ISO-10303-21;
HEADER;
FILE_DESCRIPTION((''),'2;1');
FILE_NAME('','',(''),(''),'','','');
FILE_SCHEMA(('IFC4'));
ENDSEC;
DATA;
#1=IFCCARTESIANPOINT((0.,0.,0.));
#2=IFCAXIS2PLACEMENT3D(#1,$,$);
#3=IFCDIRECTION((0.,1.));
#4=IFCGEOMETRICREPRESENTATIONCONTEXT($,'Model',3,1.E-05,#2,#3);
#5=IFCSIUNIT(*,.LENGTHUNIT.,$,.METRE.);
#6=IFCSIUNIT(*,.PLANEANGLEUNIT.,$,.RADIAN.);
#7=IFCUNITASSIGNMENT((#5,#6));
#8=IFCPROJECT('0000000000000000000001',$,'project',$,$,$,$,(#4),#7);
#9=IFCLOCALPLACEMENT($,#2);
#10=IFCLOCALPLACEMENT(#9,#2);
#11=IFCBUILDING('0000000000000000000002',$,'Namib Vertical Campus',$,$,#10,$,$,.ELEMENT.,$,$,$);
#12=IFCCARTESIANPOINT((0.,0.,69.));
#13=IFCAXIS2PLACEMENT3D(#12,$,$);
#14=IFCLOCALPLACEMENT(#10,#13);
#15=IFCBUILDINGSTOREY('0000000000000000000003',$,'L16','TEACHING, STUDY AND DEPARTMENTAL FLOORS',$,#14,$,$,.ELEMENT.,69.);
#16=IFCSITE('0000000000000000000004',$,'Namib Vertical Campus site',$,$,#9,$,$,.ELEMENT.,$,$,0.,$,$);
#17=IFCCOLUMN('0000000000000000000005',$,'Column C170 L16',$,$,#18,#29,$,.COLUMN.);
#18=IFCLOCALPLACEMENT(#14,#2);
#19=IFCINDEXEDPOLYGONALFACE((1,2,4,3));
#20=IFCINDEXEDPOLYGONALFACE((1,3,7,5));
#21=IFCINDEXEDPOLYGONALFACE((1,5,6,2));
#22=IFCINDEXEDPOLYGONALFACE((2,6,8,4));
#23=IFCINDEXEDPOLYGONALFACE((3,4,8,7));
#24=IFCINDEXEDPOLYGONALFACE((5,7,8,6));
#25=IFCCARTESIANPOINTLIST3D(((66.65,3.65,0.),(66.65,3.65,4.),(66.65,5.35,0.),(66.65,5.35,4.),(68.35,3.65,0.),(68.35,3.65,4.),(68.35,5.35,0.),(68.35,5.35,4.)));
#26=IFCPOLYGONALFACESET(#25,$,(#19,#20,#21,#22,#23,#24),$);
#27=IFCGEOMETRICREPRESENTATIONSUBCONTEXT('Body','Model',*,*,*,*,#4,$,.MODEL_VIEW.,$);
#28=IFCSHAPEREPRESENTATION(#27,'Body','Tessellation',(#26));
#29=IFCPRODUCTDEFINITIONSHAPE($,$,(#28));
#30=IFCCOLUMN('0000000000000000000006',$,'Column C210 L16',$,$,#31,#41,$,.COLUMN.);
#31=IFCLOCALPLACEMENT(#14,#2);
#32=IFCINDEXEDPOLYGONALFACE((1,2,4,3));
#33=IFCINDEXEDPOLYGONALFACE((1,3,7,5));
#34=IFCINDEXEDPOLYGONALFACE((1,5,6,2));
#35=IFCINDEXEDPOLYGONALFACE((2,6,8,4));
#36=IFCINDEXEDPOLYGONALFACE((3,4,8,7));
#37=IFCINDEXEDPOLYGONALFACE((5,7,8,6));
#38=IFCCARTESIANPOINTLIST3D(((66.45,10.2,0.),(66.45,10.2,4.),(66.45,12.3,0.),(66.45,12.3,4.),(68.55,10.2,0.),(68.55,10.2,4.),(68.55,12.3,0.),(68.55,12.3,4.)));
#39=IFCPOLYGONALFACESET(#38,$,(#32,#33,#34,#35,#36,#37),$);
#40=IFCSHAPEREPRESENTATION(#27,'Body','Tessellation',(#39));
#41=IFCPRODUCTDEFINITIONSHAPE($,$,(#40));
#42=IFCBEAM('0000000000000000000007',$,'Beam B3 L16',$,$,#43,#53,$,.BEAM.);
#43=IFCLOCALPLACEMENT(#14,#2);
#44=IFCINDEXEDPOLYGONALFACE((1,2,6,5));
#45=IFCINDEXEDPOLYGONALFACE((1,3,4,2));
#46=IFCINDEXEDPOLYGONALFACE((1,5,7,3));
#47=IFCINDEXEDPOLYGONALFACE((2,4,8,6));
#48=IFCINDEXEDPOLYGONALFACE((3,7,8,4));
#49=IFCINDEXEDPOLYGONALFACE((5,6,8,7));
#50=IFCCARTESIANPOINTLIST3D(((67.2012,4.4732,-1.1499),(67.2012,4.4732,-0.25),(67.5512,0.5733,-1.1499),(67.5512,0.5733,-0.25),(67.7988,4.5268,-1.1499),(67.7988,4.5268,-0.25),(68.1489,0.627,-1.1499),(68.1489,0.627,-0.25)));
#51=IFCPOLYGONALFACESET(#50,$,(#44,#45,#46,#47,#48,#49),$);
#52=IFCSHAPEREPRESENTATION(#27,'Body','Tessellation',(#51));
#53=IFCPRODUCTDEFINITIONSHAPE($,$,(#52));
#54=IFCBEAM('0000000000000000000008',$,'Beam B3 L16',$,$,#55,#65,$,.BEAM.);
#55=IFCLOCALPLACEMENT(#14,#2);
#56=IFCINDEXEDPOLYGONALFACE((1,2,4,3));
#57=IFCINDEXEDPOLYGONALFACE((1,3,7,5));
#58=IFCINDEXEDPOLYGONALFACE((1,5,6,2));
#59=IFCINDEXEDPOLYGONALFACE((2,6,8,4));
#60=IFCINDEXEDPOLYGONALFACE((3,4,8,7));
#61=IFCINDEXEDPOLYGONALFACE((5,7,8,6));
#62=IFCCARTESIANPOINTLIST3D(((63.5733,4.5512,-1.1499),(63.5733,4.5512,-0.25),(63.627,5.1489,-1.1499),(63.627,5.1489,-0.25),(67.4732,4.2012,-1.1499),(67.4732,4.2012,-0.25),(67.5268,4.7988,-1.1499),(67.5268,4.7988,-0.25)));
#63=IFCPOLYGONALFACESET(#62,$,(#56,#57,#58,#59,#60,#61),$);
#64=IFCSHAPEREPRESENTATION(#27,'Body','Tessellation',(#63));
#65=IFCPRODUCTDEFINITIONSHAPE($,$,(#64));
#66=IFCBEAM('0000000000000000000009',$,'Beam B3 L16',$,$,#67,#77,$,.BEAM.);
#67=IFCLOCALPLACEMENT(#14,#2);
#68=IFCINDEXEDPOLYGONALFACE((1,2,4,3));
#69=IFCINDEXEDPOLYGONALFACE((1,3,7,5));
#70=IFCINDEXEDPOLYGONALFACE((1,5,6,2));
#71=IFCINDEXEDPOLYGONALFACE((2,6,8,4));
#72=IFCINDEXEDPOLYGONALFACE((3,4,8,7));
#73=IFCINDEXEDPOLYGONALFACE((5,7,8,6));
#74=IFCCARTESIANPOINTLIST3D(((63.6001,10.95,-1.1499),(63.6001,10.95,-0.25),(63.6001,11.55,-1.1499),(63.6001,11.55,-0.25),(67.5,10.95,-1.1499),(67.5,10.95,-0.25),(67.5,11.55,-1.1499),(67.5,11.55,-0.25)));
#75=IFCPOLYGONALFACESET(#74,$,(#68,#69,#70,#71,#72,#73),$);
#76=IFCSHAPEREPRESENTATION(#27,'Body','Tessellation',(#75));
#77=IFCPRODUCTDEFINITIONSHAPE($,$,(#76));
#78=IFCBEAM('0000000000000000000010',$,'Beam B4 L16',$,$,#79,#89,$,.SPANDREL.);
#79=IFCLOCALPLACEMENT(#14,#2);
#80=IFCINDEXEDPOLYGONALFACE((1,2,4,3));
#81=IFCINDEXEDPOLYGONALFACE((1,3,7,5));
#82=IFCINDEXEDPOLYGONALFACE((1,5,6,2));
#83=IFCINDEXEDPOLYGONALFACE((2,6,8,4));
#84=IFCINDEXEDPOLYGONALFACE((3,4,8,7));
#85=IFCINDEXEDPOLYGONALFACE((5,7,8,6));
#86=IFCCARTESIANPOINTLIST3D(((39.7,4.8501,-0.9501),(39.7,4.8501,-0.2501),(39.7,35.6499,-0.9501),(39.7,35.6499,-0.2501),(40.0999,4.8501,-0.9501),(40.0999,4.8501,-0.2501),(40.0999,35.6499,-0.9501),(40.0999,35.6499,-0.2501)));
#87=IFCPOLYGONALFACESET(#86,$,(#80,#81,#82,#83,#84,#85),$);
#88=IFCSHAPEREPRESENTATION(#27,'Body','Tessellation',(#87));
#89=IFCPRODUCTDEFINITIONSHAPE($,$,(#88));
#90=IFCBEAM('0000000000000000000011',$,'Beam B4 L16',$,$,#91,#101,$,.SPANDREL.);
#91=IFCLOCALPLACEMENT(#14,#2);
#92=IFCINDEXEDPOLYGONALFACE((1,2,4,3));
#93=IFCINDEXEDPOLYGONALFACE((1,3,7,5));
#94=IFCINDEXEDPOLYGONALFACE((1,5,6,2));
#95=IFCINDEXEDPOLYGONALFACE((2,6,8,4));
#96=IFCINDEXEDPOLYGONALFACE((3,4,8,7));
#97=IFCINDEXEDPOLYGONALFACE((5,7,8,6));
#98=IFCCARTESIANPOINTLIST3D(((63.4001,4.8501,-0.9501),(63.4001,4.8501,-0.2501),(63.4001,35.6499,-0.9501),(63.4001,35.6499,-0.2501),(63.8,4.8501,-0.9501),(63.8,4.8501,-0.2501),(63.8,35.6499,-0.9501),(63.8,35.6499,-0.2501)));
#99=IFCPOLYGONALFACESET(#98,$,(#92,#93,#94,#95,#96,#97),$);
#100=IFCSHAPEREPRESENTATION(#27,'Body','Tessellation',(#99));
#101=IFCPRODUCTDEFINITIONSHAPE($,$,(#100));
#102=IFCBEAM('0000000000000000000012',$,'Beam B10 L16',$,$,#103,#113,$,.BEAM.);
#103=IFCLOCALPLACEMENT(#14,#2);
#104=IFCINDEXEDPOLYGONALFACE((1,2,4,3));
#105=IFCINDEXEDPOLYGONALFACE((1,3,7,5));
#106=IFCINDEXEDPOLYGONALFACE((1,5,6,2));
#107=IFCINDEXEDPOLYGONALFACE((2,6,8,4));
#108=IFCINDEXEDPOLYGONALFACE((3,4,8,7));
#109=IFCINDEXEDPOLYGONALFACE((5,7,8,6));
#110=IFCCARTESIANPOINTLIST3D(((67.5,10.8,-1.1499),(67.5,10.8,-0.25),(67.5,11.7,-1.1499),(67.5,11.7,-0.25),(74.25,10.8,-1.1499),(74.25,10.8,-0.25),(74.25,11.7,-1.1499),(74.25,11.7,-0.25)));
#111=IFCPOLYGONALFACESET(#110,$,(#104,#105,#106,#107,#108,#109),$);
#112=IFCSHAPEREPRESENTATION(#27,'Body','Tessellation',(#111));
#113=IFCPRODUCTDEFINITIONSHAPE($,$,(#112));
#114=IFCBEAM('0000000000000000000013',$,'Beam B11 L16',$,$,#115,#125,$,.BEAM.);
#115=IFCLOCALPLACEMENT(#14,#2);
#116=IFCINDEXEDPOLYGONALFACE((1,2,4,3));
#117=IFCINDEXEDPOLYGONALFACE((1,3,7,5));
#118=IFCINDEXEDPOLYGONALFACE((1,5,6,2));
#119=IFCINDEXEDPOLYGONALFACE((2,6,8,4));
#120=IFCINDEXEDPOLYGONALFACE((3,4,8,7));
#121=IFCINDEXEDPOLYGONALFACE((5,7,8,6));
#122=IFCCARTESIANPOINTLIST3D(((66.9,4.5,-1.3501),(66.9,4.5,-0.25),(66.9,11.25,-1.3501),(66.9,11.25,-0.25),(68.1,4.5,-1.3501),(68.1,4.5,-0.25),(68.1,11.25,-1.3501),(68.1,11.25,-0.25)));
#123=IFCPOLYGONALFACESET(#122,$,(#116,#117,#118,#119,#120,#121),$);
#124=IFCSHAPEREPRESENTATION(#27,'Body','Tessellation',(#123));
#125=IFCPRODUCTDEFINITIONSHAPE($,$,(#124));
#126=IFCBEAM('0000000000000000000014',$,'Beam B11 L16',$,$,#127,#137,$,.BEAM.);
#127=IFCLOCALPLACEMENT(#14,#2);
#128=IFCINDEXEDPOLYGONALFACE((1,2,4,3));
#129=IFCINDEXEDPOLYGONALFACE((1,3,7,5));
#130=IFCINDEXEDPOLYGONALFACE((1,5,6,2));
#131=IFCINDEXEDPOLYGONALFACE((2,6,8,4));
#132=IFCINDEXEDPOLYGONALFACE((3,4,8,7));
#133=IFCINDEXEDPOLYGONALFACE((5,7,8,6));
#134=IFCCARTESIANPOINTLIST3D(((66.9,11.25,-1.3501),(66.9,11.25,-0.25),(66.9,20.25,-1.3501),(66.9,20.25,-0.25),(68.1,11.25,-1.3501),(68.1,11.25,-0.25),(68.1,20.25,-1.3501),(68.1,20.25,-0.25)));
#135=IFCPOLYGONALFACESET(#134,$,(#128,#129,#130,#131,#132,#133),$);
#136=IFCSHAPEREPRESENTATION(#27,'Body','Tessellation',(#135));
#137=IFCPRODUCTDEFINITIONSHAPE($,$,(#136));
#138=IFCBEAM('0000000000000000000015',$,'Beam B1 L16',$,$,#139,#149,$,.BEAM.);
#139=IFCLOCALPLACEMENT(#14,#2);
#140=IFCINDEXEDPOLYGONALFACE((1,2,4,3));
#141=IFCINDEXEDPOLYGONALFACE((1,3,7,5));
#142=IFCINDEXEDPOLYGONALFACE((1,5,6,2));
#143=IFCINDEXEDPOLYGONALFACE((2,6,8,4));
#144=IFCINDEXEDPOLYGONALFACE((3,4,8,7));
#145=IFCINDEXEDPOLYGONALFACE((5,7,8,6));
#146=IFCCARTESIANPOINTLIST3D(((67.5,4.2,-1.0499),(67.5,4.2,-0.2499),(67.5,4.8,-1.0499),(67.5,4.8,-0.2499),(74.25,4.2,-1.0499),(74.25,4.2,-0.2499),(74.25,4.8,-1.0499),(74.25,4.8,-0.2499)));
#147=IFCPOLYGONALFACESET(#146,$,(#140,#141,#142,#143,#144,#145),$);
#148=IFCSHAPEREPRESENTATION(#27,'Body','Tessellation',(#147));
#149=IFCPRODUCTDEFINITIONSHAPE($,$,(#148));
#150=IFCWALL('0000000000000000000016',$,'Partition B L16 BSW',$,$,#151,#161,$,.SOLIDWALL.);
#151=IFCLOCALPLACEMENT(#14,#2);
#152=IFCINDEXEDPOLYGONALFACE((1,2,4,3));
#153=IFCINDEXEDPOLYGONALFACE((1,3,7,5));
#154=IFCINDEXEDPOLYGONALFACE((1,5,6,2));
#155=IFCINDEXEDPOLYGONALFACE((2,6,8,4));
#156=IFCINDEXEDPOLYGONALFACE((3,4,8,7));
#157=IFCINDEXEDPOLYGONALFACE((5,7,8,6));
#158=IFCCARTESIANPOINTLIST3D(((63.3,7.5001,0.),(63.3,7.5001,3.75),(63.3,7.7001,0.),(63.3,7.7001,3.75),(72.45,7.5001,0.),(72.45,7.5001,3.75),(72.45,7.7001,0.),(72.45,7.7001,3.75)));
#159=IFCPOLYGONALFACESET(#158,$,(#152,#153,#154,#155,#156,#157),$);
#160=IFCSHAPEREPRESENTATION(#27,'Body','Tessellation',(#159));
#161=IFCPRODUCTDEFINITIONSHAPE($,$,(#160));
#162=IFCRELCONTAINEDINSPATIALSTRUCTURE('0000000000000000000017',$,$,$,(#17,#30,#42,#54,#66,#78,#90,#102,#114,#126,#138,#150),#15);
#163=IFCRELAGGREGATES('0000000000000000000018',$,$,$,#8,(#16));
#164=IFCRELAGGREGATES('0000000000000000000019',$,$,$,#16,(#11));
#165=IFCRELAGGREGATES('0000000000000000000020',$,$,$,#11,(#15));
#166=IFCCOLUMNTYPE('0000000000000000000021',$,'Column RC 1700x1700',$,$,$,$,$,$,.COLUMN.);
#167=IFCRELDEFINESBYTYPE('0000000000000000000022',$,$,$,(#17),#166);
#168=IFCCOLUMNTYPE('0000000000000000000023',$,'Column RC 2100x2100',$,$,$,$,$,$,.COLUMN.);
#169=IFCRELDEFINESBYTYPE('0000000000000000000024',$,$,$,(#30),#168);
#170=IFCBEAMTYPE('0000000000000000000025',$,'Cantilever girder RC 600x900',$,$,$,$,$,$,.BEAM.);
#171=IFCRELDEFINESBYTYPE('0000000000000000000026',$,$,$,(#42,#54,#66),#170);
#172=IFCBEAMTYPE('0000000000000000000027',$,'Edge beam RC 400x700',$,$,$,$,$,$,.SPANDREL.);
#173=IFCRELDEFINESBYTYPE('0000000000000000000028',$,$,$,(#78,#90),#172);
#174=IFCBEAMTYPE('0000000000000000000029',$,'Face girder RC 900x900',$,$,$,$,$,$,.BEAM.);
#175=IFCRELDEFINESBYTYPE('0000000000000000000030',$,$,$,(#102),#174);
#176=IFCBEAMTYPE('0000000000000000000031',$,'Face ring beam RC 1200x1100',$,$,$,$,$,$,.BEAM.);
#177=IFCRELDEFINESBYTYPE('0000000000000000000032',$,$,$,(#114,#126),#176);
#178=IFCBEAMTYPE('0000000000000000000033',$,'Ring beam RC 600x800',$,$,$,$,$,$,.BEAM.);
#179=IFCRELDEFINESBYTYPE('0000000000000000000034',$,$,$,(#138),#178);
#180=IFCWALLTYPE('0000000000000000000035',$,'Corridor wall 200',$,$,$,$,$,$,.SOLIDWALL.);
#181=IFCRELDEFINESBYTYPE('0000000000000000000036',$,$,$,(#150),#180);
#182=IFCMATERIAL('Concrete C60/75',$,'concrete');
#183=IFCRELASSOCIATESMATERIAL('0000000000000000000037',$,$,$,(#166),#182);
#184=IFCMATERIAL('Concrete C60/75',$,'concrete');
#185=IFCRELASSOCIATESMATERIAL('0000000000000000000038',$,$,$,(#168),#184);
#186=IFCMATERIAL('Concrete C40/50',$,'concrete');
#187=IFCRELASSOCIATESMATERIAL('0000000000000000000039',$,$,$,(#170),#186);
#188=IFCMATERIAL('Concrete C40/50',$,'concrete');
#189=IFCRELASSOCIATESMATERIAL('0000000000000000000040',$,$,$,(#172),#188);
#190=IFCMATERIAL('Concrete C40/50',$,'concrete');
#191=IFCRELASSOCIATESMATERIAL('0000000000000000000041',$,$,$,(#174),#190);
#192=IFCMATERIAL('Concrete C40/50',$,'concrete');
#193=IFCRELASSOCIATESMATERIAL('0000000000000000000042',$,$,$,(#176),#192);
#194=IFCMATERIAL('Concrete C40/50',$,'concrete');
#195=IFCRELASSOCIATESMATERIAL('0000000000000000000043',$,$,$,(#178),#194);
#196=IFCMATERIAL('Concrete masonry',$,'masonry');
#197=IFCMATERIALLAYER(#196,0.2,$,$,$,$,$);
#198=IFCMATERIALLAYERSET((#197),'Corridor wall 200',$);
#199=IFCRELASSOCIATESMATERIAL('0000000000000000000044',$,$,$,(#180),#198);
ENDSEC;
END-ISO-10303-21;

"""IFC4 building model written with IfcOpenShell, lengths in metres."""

from ifc_helpers import new_model, si_unit, direction, frame, frame_2d, origin, origin_2d, place, context, subcontext, project, spatial, rectangle, extrude, material, layer, layer_set, material_profile, profile_set, type_object, element, save


model = new_model("IFC4")

# Units and contexts
model_context = context("Model", 3, precision=1e-05, world=origin(), true_north=direction((0.0, 1.0)))
body_context = subcontext(model_context, "Body", "Model", "MODEL_VIEW")
ifc_project = project(units=[si_unit("LENGTHUNIT", "METRE"), si_unit("PLANEANGLEUNIT", "RADIAN")], contexts=[model_context])

# Site, building, storey
site_placement = place(None, origin())
site = spatial("IfcSite", under=ifc_project, at=site_placement, Name="Namib Vertical Campus site", CompositionType="ELEMENT", RefElevation=0.0)
building_placement = place(site_placement, origin())
building = spatial("IfcBuilding", under=site, at=building_placement, Name="Namib Vertical Campus", CompositionType="ELEMENT")
storey_placement = place(building_placement, frame((0.0, 0.0, 69.0)))
storey = spatial("IfcBuildingStorey", under=building, at=storey_placement, Name="L16", Description="TEACHING, STUDY AND DEPARTMENTAL FLOORS", CompositionType="ELEMENT", Elevation=69.0)

# Columns
ifc_material_1 = material(Name="Concrete C60/75", Category="concrete")
ifc_material_profile_1 = material_profile(ifc_material_1, rectangle(XDim=1.7, YDim=1.7, at=origin_2d()))
ifc_profile_set_1 = profile_set([ifc_material_profile_1], Name="Concrete C60/75")
column_type_1 = type_object("IfcColumnType", Name="Column RC 1700x1700", PredefinedType="COLUMN", material=ifc_profile_set_1)
column_1_placement = place(storey_placement, frame((67.5, 4.5, 0.0), z_axis=(0.0, 0.0, 1.0), x_axis=(1.0, 0.0, 0.0)))
element("IfcColumn", 1, at=column_1_placement, inside=storey, type_object=column_type_1, Name="Column C170 L16", PredefinedType="COLUMN", context=body_context, shape_type="SweptSolid", body=[
    extrude(rectangle(XDim=1.7, YDim=1.7, at=origin_2d()), origin(), (0.0, 0.0, 1.0), 4.0),
])
ifc_material_2 = material(Name="Concrete C60/75", Category="concrete")
ifc_material_profile_2 = material_profile(ifc_material_2, rectangle(XDim=2.1001, YDim=2.1001, at=origin_2d()))
ifc_profile_set_2 = profile_set([ifc_material_profile_2], Name="Concrete C60/75")
column_type_2 = type_object("IfcColumnType", Name="Column RC 2100x2100", PredefinedType="COLUMN", material=ifc_profile_set_2)
column_2_placement = place(storey_placement, frame((67.5, 11.25, 0.0), z_axis=(0.0, 0.0, 1.0), x_axis=(1.0, 0.0, 0.0)))
element("IfcColumn", 2, at=column_2_placement, inside=storey, type_object=column_type_2, Name="Column C210 L16", PredefinedType="COLUMN", context=body_context, shape_type="SweptSolid", body=[
    extrude(rectangle(XDim=2.1001, YDim=2.1001, at=origin_2d()), origin(), (0.0, 0.0, 1.0), 4.0),
])

# Beams
ifc_material_3 = material(Name="Concrete C40/50", Category="concrete")
ifc_material_profile_3 = material_profile(ifc_material_3, rectangle(XDim=0.6001, YDim=0.8999, at=origin_2d()))
ifc_profile_set_3 = profile_set([ifc_material_profile_3], Name="Concrete C40/50")
beam_type_1 = type_object("IfcBeamType", Name="Cantilever girder RC 600x900", PredefinedType="BEAM", material=ifc_profile_set_3)
for number, where, z_axis, x_axis, name in (
    (3, (67.5, 4.5, -0.7), (0.089411, -0.995995, 0.0), (0.995995, 0.089411, 0.0), "Beam B3 L16"),
    (4, (67.5, 4.5, -0.7), (-0.995995, 0.089411, 0.0), (-0.089411, -0.995995, 0.0), "Beam B3 L16"),
):
    element("IfcBeam", number, at=place(storey_placement, frame(where, z_axis=z_axis, x_axis=x_axis)), inside=storey, type_object=beam_type_1, Name=name, PredefinedType="BEAM", context=body_context, shape_type="SweptSolid", body=[
        extrude(rectangle(XDim=0.6001, YDim=0.8999, at=origin_2d()), origin(), (0.0, 0.0, 1.0), 3.9155),
    ])
beam_1_placement = place(storey_placement, frame((67.5, 11.25, -0.7), z_axis=(-1.0, 0.0, 0.0), x_axis=(0.0, -1.0, 0.0)))
element("IfcBeam", 5, at=beam_1_placement, inside=storey, type_object=beam_type_1, Name="Beam B3 L16", PredefinedType="BEAM", context=body_context, shape_type="SweptSolid", body=[
    extrude(rectangle(XDim=0.6001, YDim=0.8999, at=origin_2d()), origin(), (0.0, 0.0, 1.0), 3.8999),
])
ifc_material_4 = material(Name="Concrete C40/50", Category="concrete")
ifc_material_profile_4 = material_profile(ifc_material_4, rectangle(XDim=0.3999, YDim=0.7, at=origin_2d()))
ifc_profile_set_4 = profile_set([ifc_material_profile_4], Name="Concrete C40/50")
beam_type_2 = type_object("IfcBeamType", Name="Edge beam RC 400x700", PredefinedType="SPANDREL", material=ifc_profile_set_4)
for number, where, z_axis, x_axis, name in (
    (6, (39.8999, 4.8501, -0.6001), (0.0, 1.0, 0.0), (-1.0, 0.0, 0.0), "Beam B4 L16"),
    (7, (63.6001, 4.8501, -0.6001), (0.0, 1.0, 0.0), (-1.0, 0.0, 0.0), "Beam B4 L16"),
):
    element("IfcBeam", number, at=place(storey_placement, frame(where, z_axis=z_axis, x_axis=x_axis)), inside=storey, type_object=beam_type_2, Name=name, PredefinedType="SPANDREL", context=body_context, shape_type="SweptSolid", body=[
        extrude(rectangle(XDim=0.3999, YDim=0.7, at=origin_2d()), origin(), (0.0, 0.0, 1.0), 30.7998),
    ])
ifc_material_5 = material(Name="Concrete C40/50", Category="concrete")
ifc_material_profile_5 = material_profile(ifc_material_5, rectangle(XDim=0.8999, YDim=0.8999, at=origin_2d()))
ifc_profile_set_5 = profile_set([ifc_material_profile_5], Name="Concrete C40/50")
beam_type_3 = type_object("IfcBeamType", Name="Face girder RC 900x900", PredefinedType="BEAM", material=ifc_profile_set_5)
beam_2_placement = place(storey_placement, frame((67.5, 11.25, -0.7), z_axis=(1.0, 0.0, 0.0), x_axis=(0.0, 1.0, 0.0)))
element("IfcBeam", 8, at=beam_2_placement, inside=storey, type_object=beam_type_3, Name="Beam B10 L16", PredefinedType="BEAM", context=body_context, shape_type="SweptSolid", body=[
    extrude(rectangle(XDim=0.8999, YDim=0.8999, at=origin_2d()), origin(), (0.0, 0.0, 1.0), 6.75),
])
ifc_material_6 = material(Name="Concrete C40/50", Category="concrete")
ifc_material_profile_6 = material_profile(ifc_material_6, rectangle(XDim=1.2, YDim=1.1001, at=origin_2d()))
ifc_profile_set_6 = profile_set([ifc_material_profile_6], Name="Concrete C40/50")
beam_type_4 = type_object("IfcBeamType", Name="Face ring beam RC 1200x1100", PredefinedType="BEAM", material=ifc_profile_set_6)
beam_3_placement = place(storey_placement, frame((67.5, 4.5, -0.8), z_axis=(0.0, 1.0, 0.0), x_axis=(-1.0, 0.0, 0.0)))
element("IfcBeam", 9, at=beam_3_placement, inside=storey, type_object=beam_type_4, Name="Beam B11 L16", PredefinedType="BEAM", context=body_context, shape_type="SweptSolid", body=[
    extrude(rectangle(XDim=1.2, YDim=1.1001, at=origin_2d()), origin(), (0.0, 0.0, 1.0), 6.75),
])
beam_4_placement = place(storey_placement, frame((67.5, 11.25, -0.8), z_axis=(0.0, 1.0, 0.0), x_axis=(-1.0, 0.0, 0.0)))
element("IfcBeam", 10, at=beam_4_placement, inside=storey, type_object=beam_type_4, Name="Beam B11 L16", PredefinedType="BEAM", context=body_context, shape_type="SweptSolid", body=[
    extrude(rectangle(XDim=1.2, YDim=1.1001, at=origin_2d()), origin(), (0.0, 0.0, 1.0), 9.0),
])
ifc_material_7 = material(Name="Concrete C40/50", Category="concrete")
ifc_material_profile_7 = material_profile(ifc_material_7, rectangle(XDim=0.6001, YDim=0.8, at=origin_2d()))
ifc_profile_set_7 = profile_set([ifc_material_profile_7], Name="Concrete C40/50")
beam_type_5 = type_object("IfcBeamType", Name="Ring beam RC 600x800", PredefinedType="BEAM", material=ifc_profile_set_7)
beam_5_placement = place(storey_placement, frame((67.5, 4.5, -0.6499), z_axis=(1.0, 0.0, 0.0), x_axis=(0.0, 1.0, 0.0)))
element("IfcBeam", 11, at=beam_5_placement, inside=storey, type_object=beam_type_5, Name="Beam B1 L16", PredefinedType="BEAM", context=body_context, shape_type="SweptSolid", body=[
    extrude(rectangle(XDim=0.6001, YDim=0.8, at=origin_2d()), origin(), (0.0, 0.0, 1.0), 6.75),
])

# Wall
ifc_material_8 = material(Name="Concrete masonry", Category="masonry")
ifc_layer_1 = layer(ifc_material_8, 0.2)
ifc_layer_set_1 = layer_set([ifc_layer_1], Name="Corridor wall 200")
wall_type_1 = type_object("IfcWallType", Name="Corridor wall 200", PredefinedType="SOLIDWALL", material=ifc_layer_set_1)
wall_1_placement = place(storey_placement, frame((63.3, 7.6001, 0.0), z_axis=(0.0, 0.0, 1.0), x_axis=(1.0, 0.0, 0.0)))
element("IfcWall", 12, at=wall_1_placement, inside=storey, type_object=wall_type_1, Name="Partition B L16 BSW", PredefinedType="SOLIDWALL", context=body_context, shape_type="SweptSolid", body=[
    extrude(rectangle(XDim=9.1499, YDim=0.2, at=frame_2d((4.575, 0.0))), origin(), (0.0, 0.0, 1.0), 3.75),
])

save(model, "model.ifc")
